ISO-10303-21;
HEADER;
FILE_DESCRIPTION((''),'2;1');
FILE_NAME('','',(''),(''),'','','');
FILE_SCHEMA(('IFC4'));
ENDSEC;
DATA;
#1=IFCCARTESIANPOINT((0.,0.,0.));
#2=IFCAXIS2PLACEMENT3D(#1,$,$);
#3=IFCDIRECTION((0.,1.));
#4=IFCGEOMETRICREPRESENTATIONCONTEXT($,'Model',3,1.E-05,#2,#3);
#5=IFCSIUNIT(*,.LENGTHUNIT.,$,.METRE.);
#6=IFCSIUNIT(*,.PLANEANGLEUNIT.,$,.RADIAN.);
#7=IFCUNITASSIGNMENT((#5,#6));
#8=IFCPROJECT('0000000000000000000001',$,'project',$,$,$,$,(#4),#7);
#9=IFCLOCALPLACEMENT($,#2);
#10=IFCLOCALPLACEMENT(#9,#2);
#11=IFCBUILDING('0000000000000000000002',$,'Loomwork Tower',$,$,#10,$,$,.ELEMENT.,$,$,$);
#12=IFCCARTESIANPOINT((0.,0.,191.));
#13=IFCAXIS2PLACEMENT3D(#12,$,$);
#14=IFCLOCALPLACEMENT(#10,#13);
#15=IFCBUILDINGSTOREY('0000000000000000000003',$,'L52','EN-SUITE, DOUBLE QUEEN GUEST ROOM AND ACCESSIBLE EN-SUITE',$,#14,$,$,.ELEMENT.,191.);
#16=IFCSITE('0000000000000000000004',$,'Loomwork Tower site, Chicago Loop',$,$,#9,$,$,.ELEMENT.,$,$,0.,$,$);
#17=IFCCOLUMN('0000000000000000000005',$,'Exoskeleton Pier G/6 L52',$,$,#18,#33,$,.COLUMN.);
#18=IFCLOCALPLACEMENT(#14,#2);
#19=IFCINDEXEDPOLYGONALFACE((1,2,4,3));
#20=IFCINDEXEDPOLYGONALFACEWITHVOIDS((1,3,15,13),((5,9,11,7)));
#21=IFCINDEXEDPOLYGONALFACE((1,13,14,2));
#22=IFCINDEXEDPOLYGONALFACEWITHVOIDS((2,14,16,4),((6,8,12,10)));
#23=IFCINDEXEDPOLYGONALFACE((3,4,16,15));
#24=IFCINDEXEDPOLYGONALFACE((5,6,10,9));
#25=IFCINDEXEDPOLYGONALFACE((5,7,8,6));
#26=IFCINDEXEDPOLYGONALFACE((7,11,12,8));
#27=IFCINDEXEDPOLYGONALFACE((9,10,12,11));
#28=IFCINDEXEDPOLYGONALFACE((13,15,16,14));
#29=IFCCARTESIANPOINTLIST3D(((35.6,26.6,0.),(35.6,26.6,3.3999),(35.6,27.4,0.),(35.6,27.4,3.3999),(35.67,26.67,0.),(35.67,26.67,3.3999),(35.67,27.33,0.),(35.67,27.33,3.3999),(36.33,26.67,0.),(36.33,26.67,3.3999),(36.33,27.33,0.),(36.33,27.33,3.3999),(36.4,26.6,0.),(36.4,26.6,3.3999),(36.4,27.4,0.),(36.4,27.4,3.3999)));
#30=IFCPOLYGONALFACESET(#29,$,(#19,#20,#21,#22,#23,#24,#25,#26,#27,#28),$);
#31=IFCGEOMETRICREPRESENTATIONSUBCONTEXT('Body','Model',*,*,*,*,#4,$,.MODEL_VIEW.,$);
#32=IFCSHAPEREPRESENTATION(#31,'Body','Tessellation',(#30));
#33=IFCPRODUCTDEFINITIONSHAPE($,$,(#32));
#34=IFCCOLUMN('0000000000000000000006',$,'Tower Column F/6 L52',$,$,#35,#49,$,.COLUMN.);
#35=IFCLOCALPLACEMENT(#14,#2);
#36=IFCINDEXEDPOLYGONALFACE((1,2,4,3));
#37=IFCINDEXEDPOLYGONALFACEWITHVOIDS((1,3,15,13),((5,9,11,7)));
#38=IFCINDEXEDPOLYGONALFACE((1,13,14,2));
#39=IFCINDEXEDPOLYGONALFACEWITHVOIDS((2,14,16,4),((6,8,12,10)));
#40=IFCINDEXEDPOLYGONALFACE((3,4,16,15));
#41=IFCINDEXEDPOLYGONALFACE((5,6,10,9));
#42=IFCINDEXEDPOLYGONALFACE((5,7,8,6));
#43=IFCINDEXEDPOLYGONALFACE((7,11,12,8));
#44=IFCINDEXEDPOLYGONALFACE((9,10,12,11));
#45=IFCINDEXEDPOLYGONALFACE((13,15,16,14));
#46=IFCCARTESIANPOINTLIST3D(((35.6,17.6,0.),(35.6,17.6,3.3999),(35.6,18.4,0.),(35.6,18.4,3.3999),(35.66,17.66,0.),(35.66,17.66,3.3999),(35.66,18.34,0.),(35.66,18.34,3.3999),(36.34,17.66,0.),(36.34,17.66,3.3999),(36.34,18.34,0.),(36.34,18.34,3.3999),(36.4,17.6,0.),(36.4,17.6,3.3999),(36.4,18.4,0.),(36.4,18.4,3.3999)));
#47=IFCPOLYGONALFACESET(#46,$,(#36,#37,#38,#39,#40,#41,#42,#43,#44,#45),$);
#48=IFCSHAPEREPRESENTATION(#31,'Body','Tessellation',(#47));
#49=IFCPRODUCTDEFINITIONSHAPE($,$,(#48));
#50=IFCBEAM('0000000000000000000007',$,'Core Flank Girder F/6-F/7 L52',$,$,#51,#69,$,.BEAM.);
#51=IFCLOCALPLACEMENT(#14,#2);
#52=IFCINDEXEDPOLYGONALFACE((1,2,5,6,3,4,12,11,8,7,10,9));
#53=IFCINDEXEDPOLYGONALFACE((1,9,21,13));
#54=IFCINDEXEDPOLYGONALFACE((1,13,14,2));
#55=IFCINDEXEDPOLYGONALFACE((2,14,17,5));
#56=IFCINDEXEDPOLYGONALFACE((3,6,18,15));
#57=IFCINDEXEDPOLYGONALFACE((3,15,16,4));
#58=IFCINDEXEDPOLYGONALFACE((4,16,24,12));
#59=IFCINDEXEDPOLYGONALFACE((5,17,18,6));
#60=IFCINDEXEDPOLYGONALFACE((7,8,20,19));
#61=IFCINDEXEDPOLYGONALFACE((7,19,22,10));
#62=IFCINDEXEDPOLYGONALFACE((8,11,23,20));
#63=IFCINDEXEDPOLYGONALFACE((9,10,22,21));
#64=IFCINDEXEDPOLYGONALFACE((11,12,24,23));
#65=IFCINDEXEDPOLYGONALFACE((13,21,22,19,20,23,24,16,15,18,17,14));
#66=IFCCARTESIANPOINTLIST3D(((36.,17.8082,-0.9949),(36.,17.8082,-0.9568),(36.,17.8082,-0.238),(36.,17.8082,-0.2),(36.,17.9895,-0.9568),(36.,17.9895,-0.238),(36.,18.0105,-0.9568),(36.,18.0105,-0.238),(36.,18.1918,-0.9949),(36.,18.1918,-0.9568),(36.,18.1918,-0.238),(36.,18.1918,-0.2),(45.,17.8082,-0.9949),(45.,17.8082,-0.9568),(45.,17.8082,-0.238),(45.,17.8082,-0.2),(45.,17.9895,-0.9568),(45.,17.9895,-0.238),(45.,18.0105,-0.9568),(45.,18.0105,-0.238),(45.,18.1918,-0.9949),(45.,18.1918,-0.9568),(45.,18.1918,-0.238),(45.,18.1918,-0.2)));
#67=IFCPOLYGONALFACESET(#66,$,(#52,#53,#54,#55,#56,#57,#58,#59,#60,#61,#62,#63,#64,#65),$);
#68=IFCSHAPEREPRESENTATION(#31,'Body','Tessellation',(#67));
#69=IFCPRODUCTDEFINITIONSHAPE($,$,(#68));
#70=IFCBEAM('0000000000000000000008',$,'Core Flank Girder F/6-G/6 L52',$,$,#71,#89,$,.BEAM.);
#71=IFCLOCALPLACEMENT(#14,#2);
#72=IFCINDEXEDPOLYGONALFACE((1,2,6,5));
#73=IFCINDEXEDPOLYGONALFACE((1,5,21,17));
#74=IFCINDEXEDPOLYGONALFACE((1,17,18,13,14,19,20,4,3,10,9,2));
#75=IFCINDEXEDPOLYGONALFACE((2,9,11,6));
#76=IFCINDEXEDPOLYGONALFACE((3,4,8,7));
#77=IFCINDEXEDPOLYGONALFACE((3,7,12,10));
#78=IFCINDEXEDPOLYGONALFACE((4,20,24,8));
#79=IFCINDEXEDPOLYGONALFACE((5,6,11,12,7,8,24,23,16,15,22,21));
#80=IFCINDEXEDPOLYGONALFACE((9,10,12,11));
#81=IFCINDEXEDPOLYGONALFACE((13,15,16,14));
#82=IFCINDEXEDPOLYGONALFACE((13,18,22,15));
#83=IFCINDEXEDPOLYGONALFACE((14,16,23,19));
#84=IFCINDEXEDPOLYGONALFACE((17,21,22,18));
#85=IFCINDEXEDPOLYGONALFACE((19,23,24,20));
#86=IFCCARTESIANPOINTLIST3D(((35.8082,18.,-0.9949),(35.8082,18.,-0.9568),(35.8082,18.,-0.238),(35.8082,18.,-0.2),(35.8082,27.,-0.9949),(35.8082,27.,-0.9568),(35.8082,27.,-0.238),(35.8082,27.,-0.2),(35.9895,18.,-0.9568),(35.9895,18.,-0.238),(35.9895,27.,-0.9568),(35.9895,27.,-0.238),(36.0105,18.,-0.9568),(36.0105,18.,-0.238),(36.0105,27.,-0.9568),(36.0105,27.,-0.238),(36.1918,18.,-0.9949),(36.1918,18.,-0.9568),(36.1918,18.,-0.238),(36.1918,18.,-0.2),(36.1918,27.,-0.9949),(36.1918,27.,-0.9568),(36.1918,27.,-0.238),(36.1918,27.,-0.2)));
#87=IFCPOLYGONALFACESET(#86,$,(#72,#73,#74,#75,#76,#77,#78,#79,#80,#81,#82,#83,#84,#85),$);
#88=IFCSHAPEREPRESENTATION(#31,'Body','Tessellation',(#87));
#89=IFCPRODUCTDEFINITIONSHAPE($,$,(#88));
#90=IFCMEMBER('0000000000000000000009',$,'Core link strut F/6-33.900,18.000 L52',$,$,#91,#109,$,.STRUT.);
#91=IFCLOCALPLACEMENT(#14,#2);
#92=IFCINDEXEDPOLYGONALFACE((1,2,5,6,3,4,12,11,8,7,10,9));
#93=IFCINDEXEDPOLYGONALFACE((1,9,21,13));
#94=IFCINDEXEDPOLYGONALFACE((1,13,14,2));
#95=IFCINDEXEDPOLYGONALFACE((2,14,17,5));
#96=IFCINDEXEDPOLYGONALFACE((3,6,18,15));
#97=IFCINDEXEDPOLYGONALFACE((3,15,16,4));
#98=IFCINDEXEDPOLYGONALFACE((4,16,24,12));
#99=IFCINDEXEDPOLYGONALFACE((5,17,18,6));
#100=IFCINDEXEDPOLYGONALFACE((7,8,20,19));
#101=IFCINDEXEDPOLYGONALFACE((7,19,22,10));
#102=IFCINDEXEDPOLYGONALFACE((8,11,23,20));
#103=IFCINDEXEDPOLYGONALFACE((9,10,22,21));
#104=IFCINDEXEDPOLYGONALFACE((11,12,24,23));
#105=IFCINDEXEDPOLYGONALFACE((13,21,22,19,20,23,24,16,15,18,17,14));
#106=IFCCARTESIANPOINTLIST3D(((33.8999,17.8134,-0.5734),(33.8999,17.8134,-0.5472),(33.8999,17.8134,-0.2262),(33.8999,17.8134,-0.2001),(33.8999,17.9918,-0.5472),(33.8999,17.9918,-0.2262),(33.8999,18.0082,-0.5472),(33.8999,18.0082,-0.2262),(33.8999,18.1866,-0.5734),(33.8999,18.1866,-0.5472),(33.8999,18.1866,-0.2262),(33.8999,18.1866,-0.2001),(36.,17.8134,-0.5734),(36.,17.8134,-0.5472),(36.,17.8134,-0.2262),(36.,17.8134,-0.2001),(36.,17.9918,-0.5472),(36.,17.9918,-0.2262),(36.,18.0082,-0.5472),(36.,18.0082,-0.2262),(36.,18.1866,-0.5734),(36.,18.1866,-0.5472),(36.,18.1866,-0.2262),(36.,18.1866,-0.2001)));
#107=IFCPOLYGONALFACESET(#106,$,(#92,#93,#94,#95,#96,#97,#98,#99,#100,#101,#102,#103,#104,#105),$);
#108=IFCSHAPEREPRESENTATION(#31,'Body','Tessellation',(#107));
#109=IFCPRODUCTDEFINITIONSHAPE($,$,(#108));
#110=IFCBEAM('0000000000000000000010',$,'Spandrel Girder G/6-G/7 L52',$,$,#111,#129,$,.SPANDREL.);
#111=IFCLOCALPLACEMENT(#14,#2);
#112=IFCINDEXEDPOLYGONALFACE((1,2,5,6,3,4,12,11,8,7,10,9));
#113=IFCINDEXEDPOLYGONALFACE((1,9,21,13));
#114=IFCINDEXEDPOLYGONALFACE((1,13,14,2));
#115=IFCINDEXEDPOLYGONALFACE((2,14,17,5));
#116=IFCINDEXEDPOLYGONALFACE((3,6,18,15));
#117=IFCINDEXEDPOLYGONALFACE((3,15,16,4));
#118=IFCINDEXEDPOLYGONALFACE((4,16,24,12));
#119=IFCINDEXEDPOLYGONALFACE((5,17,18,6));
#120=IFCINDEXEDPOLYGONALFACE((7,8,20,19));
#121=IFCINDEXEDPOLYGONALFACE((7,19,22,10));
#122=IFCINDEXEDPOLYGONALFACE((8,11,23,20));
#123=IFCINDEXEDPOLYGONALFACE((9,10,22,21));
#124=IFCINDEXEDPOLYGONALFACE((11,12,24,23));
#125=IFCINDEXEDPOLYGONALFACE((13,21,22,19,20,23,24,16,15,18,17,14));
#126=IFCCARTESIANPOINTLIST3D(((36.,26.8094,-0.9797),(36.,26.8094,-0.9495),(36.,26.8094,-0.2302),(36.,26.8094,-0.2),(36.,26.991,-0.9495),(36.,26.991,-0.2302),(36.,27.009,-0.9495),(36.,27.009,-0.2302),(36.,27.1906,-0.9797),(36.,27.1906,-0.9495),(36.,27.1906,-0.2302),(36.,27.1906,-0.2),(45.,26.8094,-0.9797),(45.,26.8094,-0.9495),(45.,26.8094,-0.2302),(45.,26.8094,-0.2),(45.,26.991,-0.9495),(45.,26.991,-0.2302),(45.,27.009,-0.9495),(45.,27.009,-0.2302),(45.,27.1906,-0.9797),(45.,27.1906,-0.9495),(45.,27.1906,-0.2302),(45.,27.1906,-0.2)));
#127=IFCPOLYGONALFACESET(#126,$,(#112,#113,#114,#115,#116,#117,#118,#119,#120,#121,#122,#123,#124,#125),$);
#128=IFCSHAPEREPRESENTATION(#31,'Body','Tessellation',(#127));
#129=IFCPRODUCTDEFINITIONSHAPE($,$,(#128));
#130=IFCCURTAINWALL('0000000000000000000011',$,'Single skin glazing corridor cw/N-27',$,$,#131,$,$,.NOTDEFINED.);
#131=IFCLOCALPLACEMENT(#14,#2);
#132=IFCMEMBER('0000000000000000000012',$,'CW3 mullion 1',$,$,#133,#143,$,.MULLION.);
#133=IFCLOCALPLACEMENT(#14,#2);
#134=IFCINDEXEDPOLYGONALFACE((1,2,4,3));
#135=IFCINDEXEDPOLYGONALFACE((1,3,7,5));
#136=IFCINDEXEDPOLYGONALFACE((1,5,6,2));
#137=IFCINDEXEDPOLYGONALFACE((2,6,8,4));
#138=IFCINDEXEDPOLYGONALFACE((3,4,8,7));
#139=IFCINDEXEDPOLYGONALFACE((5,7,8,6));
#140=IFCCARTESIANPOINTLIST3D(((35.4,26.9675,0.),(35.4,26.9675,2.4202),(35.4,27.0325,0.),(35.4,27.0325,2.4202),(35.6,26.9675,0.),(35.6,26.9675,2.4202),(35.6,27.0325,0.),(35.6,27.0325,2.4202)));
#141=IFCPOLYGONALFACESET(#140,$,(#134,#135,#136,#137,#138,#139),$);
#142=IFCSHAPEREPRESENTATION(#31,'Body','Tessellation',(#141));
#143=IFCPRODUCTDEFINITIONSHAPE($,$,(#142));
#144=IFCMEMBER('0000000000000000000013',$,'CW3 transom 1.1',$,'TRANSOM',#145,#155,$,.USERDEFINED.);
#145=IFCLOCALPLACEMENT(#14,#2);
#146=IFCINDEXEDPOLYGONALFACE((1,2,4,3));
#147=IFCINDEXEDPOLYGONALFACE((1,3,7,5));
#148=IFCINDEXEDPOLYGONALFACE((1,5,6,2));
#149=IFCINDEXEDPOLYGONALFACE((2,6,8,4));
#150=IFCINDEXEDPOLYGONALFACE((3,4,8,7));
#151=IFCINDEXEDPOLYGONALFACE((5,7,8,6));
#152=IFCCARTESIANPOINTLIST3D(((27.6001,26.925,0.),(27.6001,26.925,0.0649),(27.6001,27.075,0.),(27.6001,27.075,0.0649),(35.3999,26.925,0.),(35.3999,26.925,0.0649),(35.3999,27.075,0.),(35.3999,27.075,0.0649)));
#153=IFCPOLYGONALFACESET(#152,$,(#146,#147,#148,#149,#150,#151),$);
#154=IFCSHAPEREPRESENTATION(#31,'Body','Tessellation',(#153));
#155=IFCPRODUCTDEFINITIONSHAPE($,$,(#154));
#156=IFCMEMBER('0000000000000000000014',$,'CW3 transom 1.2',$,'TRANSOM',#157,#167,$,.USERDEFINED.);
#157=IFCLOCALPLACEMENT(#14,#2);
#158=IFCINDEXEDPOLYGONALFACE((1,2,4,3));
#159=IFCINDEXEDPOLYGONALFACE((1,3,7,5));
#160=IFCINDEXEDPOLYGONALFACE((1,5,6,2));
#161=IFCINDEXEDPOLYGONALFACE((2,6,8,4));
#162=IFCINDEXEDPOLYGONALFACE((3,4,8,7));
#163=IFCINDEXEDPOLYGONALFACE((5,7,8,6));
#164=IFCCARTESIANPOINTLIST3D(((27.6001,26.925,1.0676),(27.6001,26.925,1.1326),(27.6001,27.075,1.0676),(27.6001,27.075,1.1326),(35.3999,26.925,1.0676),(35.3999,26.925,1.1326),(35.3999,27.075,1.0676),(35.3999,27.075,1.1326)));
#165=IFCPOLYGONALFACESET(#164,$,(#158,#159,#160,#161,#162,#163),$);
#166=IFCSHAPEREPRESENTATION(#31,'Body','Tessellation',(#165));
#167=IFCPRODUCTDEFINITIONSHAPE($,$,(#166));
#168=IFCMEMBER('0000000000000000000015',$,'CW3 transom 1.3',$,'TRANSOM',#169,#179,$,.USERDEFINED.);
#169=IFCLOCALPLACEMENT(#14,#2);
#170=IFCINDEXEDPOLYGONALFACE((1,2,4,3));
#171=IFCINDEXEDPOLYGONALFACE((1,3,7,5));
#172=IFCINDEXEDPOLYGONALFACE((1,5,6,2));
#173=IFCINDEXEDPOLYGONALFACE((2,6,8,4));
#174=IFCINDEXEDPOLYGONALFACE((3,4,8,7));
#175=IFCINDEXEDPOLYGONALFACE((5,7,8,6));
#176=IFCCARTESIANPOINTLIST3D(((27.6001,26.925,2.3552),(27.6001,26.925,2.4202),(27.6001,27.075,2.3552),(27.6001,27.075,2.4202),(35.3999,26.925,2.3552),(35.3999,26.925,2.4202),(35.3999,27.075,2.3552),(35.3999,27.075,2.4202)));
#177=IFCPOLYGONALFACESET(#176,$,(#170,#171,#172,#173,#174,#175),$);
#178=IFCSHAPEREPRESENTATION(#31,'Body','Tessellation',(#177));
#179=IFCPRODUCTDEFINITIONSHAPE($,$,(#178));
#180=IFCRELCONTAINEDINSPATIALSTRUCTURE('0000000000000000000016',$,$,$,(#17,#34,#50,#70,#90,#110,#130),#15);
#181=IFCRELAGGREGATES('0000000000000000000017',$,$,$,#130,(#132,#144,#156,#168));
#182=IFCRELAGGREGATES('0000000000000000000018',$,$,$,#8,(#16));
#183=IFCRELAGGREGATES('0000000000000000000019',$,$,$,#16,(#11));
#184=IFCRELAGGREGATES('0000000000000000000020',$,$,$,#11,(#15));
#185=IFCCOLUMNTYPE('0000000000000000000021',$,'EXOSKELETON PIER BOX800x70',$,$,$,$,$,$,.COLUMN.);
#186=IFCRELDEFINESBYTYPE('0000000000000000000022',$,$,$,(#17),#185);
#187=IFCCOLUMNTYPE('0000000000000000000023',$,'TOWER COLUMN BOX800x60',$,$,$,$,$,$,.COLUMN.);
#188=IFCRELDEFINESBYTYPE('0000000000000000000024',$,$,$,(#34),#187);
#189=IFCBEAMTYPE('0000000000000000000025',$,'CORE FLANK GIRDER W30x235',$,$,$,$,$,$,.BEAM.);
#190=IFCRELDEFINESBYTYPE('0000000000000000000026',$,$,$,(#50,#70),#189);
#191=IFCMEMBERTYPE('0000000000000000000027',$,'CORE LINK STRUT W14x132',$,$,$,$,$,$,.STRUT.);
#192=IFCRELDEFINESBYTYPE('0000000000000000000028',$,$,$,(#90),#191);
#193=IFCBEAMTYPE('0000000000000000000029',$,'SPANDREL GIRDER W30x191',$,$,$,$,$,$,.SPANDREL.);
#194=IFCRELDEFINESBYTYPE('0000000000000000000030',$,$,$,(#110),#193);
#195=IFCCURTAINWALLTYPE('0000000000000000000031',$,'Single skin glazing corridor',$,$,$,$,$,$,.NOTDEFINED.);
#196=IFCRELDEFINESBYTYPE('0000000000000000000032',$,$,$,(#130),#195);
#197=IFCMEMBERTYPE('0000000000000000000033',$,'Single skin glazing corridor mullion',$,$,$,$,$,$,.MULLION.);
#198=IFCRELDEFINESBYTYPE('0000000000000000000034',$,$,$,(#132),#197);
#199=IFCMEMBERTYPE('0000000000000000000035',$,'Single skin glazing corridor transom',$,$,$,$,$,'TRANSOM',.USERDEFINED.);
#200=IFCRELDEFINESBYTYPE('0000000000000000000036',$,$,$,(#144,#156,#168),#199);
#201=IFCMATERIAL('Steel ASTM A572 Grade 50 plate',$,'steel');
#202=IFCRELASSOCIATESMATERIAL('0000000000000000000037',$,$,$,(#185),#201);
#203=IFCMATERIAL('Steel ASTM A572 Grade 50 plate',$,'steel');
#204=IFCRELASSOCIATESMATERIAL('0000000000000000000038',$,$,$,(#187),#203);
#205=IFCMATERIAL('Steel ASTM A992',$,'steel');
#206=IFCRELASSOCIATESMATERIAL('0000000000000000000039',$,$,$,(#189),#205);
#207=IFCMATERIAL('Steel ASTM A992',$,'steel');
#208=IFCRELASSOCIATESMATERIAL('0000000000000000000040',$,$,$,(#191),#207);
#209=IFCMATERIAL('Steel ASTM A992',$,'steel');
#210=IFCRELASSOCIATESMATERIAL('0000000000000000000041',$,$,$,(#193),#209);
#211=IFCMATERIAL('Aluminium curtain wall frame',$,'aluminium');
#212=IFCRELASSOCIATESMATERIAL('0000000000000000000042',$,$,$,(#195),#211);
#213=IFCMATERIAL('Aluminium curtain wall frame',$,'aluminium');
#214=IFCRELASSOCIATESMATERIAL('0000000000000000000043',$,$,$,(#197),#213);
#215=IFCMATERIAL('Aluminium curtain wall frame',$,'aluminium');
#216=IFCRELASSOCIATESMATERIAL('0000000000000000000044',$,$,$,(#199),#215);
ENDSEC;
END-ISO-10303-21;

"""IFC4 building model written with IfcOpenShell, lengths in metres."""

from ifc_helpers import new_model, si_unit, direction, frame, origin, origin_2d, place, context, subcontext, project, spatial, rectangle, hollow_rectangle, i_section, extrude, material, material_profile, profile_set, type_object, element, aggregate, save


model = new_model("IFC4")

# Units and contexts
model_context = context("Model", 3, precision=1e-05, world=origin(), true_north=direction((0.0, 1.0)))
body_context = subcontext(model_context, "Body", "Model", "MODEL_VIEW")
ifc_project = project(units=[si_unit("LENGTHUNIT", "METRE"), si_unit("PLANEANGLEUNIT", "RADIAN")], contexts=[model_context])

# Site, building, storey
site_placement = place(None, origin())
site = spatial("IfcSite", under=ifc_project, at=site_placement, Name="Loomwork Tower site, Chicago Loop", CompositionType="ELEMENT", RefElevation=0.0)
building_placement = place(site_placement, origin())
building = spatial("IfcBuilding", under=site, at=building_placement, Name="Loomwork Tower", CompositionType="ELEMENT")
storey_placement = place(building_placement, frame((0.0, 0.0, 191.0)))
storey = spatial("IfcBuildingStorey", under=building, at=storey_placement, Name="L52", Description="EN-SUITE, DOUBLE QUEEN GUEST ROOM AND ACCESSIBLE EN-SUITE", CompositionType="ELEMENT", Elevation=191.0)

# Columns
ifc_material_1 = material(Name="Steel ASTM A572 Grade 50 plate", Category="steel")
ifc_material_profile_1 = material_profile(ifc_material_1, hollow_rectangle(XDim=0.8, YDim=0.8, WallThickness=0.0701, at=origin_2d()), Name="BOX800x70")
ifc_profile_set_1 = profile_set([ifc_material_profile_1], Name="Steel ASTM A572 Grade 50 plate")
column_type_1 = type_object("IfcColumnType", Name="EXOSKELETON PIER BOX800x70", PredefinedType="COLUMN", material=ifc_profile_set_1)
column_1_placement = place(storey_placement, frame((36.0, 27.0, 0.0), z_axis=(0.0, 0.0, 1.0), x_axis=(1.0, 0.0, 0.0)))
element("IfcColumn", 1, at=column_1_placement, inside=storey, type_object=column_type_1, Name="Exoskeleton Pier G/6 L52", PredefinedType="COLUMN", context=body_context, shape_type="SweptSolid", body=[
    extrude(hollow_rectangle(XDim=0.8, YDim=0.8, WallThickness=0.0701, at=origin_2d()), origin(), (0.0, 0.0, 1.0), 3.3999),
])
ifc_material_2 = material(Name="Steel ASTM A572 Grade 50 plate", Category="steel")
ifc_material_profile_2 = material_profile(ifc_material_2, hollow_rectangle(XDim=0.8, YDim=0.8, WallThickness=0.0601, at=origin_2d()), Name="BOX800x60")
ifc_profile_set_2 = profile_set([ifc_material_profile_2], Name="Steel ASTM A572 Grade 50 plate")
column_type_2 = type_object("IfcColumnType", Name="TOWER COLUMN BOX800x60", PredefinedType="COLUMN", material=ifc_profile_set_2)
column_2_placement = place(storey_placement, frame((36.0, 18.0, 0.0), z_axis=(0.0, 0.0, 1.0), x_axis=(0.0, 1.0, 0.0)))
element("IfcColumn", 2, at=column_2_placement, inside=storey, type_object=column_type_2, Name="Tower Column F/6 L52", PredefinedType="COLUMN", context=body_context, shape_type="SweptSolid", body=[
    extrude(hollow_rectangle(XDim=0.8, YDim=0.8, WallThickness=0.0601, at=origin_2d()), origin(), (0.0, 0.0, 1.0), 3.3999),
])

# Beams
ifc_material_3 = material(Name="Steel ASTM A992", Category="steel")
ifc_material_profile_3 = material_profile(ifc_material_3, i_section(OverallWidth=0.3835, OverallDepth=0.7949, WebThickness=0.021, FlangeThickness=0.0381, at=origin_2d()), Name="W30x235")
ifc_profile_set_3 = profile_set([ifc_material_profile_3], Name="Steel ASTM A992")
beam_type_1 = type_object("IfcBeamType", Name="CORE FLANK GIRDER W30x235", PredefinedType="BEAM", material=ifc_profile_set_3)
for number, where, z_axis, x_axis, name in (
    (3, (36.0, 18.0, -0.5974), (1.0, 0.0, 0.0), (0.0, 1.0, 0.0), "Core Flank Girder F/6-F/7 L52"),
    (4, (36.0, 18.0, -0.5974), (0.0, 1.0, 0.0), (-1.0, 0.0, 0.0), "Core Flank Girder F/6-G/6 L52"),
):
    element("IfcBeam", number, at=place(storey_placement, frame(where, z_axis=z_axis, x_axis=x_axis)), inside=storey, type_object=beam_type_1, Name=name, PredefinedType="BEAM", context=body_context, shape_type="SweptSolid", body=[
        extrude(i_section(OverallWidth=0.3835, OverallDepth=0.7949, WebThickness=0.021, FlangeThickness=0.0381, at=origin_2d()), origin(), (0.0, 0.0, 1.0), 9.0),
    ])

# Member
ifc_material_4 = material(Name="Steel ASTM A992", Category="steel")
ifc_material_profile_4 = material_profile(ifc_material_4, i_section(OverallWidth=0.3733, OverallDepth=0.3733, WebThickness=0.0164, FlangeThickness=0.0261, at=origin_2d()), Name="W14x132")
ifc_profile_set_4 = profile_set([ifc_material_profile_4], Name="Steel ASTM A992")
member_type_1 = type_object("IfcMemberType", Name="CORE LINK STRUT W14x132", PredefinedType="STRUT", material=ifc_profile_set_4)
member_1_placement = place(storey_placement, frame((36.0, 18.0, -0.3867), z_axis=(-1.0, 0.0, 0.0), x_axis=(0.0, -1.0, 0.0)))
element("IfcMember", 5, at=member_1_placement, inside=storey, type_object=member_type_1, Name="Core link strut F/6-33.900,18.000 L52", PredefinedType="STRUT", context=body_context, shape_type="SweptSolid", body=[
    extrude(i_section(OverallWidth=0.3733, OverallDepth=0.3733, WebThickness=0.0164, FlangeThickness=0.0261, at=origin_2d()), origin(), (0.0, 0.0, 1.0), 2.1001),
])

# Beam
ifc_material_5 = material(Name="Steel ASTM A992", Category="steel")
ifc_material_profile_5 = material_profile(ifc_material_5, i_section(OverallWidth=0.3811, OverallDepth=0.7798, WebThickness=0.0181, FlangeThickness=0.0303, at=origin_2d()), Name="W30x191")
ifc_profile_set_5 = profile_set([ifc_material_profile_5], Name="Steel ASTM A992")
beam_type_2 = type_object("IfcBeamType", Name="SPANDREL GIRDER W30x191", PredefinedType="SPANDREL", material=ifc_profile_set_5)
beam_placement = place(storey_placement, frame((36.0, 27.0, -0.5898), z_axis=(1.0, 0.0, 0.0), x_axis=(0.0, 1.0, 0.0)))
element("IfcBeam", 6, at=beam_placement, inside=storey, type_object=beam_type_2, Name="Spandrel Girder G/6-G/7 L52", PredefinedType="SPANDREL", context=body_context, shape_type="SweptSolid", body=[
    extrude(i_section(OverallWidth=0.3811, OverallDepth=0.7798, WebThickness=0.0181, FlangeThickness=0.0303, at=origin_2d()), origin(), (0.0, 0.0, 1.0), 9.0),
])

# Curtain wall, members
ifc_material_6 = material(Name="Aluminium curtain wall frame", Category="aluminium")
curtain_wall_type = type_object("IfcCurtainWallType", Name="Single skin glazing corridor", PredefinedType="NOTDEFINED", material=ifc_material_6)
curtain_wall_placement = place(storey_placement, origin())
curtain_wall = element("IfcCurtainWall", 7, at=curtain_wall_placement, inside=storey, type_object=curtain_wall_type, Name="Single skin glazing corridor cw/N-27", PredefinedType="NOTDEFINED")
ifc_material_7 = material(Name="Aluminium curtain wall frame", Category="aluminium")
ifc_material_profile_6 = material_profile(ifc_material_7, rectangle(XDim=0.0649, YDim=0.2, at=origin_2d()), Name="AL 65x200")
ifc_profile_set_6 = profile_set([ifc_material_profile_6], Name="Aluminium curtain wall frame")
member_type_2 = type_object("IfcMemberType", Name="Single skin glazing corridor mullion", PredefinedType="MULLION", material=ifc_profile_set_6)
member_2_placement = place(storey_placement, frame((35.5, 27.0, 0.0), z_axis=(0.0, 0.0, 1.0), x_axis=(0.0, -1.0, 0.0)))
member_2 = element("IfcMember", 8, at=member_2_placement, type_object=member_type_2, Name="CW3 mullion 1", PredefinedType="MULLION", context=body_context, shape_type="SweptSolid", body=[
    extrude(rectangle(XDim=0.0649, YDim=0.2, at=origin_2d()), origin(), (0.0, 0.0, 1.0), 2.4202),
])
ifc_material_8 = material(Name="Aluminium curtain wall frame", Category="aluminium")
ifc_material_profile_7 = material_profile(ifc_material_8, rectangle(XDim=0.1499, YDim=0.0649, at=origin_2d()), Name="AL 65x150")
ifc_profile_set_7 = profile_set([ifc_material_profile_7], Name="Aluminium curtain wall frame")
member_type_3 = type_object("IfcMemberType", Name="Single skin glazing corridor transom", ElementType="TRANSOM", PredefinedType="USERDEFINED", material=ifc_profile_set_7)
member_3_placement = place(storey_placement, frame((35.3999, 27.0, 0.0325), z_axis=(-1.0, 0.0, 0.0), x_axis=(0.0, -1.0, 0.0)))
member_3 = element("IfcMember", 9, at=member_3_placement, type_object=member_type_3, Name="CW3 transom 1.1", ObjectType="TRANSOM", PredefinedType="USERDEFINED", context=body_context, shape_type="SweptSolid", body=[
    extrude(rectangle(XDim=0.1499, YDim=0.0649, at=origin_2d()), origin(), (0.0, 0.0, 1.0), 7.7998),
])
member_4_placement = place(storey_placement, frame((35.3999, 27.0, 1.1001), z_axis=(-1.0, 0.0, 0.0), x_axis=(0.0, -1.0, 0.0)))
member_4 = element("IfcMember", 10, at=member_4_placement, type_object=member_type_3, Name="CW3 transom 1.2", ObjectType="TRANSOM", PredefinedType="USERDEFINED", context=body_context, shape_type="SweptSolid", body=[
    extrude(rectangle(XDim=0.1499, YDim=0.0649, at=origin_2d()), origin(), (0.0, 0.0, 1.0), 7.7998),
])
member_5_placement = place(storey_placement, frame((35.3999, 27.0, 2.3877), z_axis=(-1.0, 0.0, 0.0), x_axis=(0.0, -1.0, 0.0)))
member_5 = element("IfcMember", 11, at=member_5_placement, type_object=member_type_3, Name="CW3 transom 1.3", ObjectType="TRANSOM", PredefinedType="USERDEFINED", context=body_context, shape_type="SweptSolid", body=[
    extrude(rectangle(XDim=0.1499, YDim=0.0649, at=origin_2d()), origin(), (0.0, 0.0, 1.0), 7.7998),
])
aggregate(curtain_wall, [member_2, member_3, member_4, member_5])

save(model, "model.ifc")
